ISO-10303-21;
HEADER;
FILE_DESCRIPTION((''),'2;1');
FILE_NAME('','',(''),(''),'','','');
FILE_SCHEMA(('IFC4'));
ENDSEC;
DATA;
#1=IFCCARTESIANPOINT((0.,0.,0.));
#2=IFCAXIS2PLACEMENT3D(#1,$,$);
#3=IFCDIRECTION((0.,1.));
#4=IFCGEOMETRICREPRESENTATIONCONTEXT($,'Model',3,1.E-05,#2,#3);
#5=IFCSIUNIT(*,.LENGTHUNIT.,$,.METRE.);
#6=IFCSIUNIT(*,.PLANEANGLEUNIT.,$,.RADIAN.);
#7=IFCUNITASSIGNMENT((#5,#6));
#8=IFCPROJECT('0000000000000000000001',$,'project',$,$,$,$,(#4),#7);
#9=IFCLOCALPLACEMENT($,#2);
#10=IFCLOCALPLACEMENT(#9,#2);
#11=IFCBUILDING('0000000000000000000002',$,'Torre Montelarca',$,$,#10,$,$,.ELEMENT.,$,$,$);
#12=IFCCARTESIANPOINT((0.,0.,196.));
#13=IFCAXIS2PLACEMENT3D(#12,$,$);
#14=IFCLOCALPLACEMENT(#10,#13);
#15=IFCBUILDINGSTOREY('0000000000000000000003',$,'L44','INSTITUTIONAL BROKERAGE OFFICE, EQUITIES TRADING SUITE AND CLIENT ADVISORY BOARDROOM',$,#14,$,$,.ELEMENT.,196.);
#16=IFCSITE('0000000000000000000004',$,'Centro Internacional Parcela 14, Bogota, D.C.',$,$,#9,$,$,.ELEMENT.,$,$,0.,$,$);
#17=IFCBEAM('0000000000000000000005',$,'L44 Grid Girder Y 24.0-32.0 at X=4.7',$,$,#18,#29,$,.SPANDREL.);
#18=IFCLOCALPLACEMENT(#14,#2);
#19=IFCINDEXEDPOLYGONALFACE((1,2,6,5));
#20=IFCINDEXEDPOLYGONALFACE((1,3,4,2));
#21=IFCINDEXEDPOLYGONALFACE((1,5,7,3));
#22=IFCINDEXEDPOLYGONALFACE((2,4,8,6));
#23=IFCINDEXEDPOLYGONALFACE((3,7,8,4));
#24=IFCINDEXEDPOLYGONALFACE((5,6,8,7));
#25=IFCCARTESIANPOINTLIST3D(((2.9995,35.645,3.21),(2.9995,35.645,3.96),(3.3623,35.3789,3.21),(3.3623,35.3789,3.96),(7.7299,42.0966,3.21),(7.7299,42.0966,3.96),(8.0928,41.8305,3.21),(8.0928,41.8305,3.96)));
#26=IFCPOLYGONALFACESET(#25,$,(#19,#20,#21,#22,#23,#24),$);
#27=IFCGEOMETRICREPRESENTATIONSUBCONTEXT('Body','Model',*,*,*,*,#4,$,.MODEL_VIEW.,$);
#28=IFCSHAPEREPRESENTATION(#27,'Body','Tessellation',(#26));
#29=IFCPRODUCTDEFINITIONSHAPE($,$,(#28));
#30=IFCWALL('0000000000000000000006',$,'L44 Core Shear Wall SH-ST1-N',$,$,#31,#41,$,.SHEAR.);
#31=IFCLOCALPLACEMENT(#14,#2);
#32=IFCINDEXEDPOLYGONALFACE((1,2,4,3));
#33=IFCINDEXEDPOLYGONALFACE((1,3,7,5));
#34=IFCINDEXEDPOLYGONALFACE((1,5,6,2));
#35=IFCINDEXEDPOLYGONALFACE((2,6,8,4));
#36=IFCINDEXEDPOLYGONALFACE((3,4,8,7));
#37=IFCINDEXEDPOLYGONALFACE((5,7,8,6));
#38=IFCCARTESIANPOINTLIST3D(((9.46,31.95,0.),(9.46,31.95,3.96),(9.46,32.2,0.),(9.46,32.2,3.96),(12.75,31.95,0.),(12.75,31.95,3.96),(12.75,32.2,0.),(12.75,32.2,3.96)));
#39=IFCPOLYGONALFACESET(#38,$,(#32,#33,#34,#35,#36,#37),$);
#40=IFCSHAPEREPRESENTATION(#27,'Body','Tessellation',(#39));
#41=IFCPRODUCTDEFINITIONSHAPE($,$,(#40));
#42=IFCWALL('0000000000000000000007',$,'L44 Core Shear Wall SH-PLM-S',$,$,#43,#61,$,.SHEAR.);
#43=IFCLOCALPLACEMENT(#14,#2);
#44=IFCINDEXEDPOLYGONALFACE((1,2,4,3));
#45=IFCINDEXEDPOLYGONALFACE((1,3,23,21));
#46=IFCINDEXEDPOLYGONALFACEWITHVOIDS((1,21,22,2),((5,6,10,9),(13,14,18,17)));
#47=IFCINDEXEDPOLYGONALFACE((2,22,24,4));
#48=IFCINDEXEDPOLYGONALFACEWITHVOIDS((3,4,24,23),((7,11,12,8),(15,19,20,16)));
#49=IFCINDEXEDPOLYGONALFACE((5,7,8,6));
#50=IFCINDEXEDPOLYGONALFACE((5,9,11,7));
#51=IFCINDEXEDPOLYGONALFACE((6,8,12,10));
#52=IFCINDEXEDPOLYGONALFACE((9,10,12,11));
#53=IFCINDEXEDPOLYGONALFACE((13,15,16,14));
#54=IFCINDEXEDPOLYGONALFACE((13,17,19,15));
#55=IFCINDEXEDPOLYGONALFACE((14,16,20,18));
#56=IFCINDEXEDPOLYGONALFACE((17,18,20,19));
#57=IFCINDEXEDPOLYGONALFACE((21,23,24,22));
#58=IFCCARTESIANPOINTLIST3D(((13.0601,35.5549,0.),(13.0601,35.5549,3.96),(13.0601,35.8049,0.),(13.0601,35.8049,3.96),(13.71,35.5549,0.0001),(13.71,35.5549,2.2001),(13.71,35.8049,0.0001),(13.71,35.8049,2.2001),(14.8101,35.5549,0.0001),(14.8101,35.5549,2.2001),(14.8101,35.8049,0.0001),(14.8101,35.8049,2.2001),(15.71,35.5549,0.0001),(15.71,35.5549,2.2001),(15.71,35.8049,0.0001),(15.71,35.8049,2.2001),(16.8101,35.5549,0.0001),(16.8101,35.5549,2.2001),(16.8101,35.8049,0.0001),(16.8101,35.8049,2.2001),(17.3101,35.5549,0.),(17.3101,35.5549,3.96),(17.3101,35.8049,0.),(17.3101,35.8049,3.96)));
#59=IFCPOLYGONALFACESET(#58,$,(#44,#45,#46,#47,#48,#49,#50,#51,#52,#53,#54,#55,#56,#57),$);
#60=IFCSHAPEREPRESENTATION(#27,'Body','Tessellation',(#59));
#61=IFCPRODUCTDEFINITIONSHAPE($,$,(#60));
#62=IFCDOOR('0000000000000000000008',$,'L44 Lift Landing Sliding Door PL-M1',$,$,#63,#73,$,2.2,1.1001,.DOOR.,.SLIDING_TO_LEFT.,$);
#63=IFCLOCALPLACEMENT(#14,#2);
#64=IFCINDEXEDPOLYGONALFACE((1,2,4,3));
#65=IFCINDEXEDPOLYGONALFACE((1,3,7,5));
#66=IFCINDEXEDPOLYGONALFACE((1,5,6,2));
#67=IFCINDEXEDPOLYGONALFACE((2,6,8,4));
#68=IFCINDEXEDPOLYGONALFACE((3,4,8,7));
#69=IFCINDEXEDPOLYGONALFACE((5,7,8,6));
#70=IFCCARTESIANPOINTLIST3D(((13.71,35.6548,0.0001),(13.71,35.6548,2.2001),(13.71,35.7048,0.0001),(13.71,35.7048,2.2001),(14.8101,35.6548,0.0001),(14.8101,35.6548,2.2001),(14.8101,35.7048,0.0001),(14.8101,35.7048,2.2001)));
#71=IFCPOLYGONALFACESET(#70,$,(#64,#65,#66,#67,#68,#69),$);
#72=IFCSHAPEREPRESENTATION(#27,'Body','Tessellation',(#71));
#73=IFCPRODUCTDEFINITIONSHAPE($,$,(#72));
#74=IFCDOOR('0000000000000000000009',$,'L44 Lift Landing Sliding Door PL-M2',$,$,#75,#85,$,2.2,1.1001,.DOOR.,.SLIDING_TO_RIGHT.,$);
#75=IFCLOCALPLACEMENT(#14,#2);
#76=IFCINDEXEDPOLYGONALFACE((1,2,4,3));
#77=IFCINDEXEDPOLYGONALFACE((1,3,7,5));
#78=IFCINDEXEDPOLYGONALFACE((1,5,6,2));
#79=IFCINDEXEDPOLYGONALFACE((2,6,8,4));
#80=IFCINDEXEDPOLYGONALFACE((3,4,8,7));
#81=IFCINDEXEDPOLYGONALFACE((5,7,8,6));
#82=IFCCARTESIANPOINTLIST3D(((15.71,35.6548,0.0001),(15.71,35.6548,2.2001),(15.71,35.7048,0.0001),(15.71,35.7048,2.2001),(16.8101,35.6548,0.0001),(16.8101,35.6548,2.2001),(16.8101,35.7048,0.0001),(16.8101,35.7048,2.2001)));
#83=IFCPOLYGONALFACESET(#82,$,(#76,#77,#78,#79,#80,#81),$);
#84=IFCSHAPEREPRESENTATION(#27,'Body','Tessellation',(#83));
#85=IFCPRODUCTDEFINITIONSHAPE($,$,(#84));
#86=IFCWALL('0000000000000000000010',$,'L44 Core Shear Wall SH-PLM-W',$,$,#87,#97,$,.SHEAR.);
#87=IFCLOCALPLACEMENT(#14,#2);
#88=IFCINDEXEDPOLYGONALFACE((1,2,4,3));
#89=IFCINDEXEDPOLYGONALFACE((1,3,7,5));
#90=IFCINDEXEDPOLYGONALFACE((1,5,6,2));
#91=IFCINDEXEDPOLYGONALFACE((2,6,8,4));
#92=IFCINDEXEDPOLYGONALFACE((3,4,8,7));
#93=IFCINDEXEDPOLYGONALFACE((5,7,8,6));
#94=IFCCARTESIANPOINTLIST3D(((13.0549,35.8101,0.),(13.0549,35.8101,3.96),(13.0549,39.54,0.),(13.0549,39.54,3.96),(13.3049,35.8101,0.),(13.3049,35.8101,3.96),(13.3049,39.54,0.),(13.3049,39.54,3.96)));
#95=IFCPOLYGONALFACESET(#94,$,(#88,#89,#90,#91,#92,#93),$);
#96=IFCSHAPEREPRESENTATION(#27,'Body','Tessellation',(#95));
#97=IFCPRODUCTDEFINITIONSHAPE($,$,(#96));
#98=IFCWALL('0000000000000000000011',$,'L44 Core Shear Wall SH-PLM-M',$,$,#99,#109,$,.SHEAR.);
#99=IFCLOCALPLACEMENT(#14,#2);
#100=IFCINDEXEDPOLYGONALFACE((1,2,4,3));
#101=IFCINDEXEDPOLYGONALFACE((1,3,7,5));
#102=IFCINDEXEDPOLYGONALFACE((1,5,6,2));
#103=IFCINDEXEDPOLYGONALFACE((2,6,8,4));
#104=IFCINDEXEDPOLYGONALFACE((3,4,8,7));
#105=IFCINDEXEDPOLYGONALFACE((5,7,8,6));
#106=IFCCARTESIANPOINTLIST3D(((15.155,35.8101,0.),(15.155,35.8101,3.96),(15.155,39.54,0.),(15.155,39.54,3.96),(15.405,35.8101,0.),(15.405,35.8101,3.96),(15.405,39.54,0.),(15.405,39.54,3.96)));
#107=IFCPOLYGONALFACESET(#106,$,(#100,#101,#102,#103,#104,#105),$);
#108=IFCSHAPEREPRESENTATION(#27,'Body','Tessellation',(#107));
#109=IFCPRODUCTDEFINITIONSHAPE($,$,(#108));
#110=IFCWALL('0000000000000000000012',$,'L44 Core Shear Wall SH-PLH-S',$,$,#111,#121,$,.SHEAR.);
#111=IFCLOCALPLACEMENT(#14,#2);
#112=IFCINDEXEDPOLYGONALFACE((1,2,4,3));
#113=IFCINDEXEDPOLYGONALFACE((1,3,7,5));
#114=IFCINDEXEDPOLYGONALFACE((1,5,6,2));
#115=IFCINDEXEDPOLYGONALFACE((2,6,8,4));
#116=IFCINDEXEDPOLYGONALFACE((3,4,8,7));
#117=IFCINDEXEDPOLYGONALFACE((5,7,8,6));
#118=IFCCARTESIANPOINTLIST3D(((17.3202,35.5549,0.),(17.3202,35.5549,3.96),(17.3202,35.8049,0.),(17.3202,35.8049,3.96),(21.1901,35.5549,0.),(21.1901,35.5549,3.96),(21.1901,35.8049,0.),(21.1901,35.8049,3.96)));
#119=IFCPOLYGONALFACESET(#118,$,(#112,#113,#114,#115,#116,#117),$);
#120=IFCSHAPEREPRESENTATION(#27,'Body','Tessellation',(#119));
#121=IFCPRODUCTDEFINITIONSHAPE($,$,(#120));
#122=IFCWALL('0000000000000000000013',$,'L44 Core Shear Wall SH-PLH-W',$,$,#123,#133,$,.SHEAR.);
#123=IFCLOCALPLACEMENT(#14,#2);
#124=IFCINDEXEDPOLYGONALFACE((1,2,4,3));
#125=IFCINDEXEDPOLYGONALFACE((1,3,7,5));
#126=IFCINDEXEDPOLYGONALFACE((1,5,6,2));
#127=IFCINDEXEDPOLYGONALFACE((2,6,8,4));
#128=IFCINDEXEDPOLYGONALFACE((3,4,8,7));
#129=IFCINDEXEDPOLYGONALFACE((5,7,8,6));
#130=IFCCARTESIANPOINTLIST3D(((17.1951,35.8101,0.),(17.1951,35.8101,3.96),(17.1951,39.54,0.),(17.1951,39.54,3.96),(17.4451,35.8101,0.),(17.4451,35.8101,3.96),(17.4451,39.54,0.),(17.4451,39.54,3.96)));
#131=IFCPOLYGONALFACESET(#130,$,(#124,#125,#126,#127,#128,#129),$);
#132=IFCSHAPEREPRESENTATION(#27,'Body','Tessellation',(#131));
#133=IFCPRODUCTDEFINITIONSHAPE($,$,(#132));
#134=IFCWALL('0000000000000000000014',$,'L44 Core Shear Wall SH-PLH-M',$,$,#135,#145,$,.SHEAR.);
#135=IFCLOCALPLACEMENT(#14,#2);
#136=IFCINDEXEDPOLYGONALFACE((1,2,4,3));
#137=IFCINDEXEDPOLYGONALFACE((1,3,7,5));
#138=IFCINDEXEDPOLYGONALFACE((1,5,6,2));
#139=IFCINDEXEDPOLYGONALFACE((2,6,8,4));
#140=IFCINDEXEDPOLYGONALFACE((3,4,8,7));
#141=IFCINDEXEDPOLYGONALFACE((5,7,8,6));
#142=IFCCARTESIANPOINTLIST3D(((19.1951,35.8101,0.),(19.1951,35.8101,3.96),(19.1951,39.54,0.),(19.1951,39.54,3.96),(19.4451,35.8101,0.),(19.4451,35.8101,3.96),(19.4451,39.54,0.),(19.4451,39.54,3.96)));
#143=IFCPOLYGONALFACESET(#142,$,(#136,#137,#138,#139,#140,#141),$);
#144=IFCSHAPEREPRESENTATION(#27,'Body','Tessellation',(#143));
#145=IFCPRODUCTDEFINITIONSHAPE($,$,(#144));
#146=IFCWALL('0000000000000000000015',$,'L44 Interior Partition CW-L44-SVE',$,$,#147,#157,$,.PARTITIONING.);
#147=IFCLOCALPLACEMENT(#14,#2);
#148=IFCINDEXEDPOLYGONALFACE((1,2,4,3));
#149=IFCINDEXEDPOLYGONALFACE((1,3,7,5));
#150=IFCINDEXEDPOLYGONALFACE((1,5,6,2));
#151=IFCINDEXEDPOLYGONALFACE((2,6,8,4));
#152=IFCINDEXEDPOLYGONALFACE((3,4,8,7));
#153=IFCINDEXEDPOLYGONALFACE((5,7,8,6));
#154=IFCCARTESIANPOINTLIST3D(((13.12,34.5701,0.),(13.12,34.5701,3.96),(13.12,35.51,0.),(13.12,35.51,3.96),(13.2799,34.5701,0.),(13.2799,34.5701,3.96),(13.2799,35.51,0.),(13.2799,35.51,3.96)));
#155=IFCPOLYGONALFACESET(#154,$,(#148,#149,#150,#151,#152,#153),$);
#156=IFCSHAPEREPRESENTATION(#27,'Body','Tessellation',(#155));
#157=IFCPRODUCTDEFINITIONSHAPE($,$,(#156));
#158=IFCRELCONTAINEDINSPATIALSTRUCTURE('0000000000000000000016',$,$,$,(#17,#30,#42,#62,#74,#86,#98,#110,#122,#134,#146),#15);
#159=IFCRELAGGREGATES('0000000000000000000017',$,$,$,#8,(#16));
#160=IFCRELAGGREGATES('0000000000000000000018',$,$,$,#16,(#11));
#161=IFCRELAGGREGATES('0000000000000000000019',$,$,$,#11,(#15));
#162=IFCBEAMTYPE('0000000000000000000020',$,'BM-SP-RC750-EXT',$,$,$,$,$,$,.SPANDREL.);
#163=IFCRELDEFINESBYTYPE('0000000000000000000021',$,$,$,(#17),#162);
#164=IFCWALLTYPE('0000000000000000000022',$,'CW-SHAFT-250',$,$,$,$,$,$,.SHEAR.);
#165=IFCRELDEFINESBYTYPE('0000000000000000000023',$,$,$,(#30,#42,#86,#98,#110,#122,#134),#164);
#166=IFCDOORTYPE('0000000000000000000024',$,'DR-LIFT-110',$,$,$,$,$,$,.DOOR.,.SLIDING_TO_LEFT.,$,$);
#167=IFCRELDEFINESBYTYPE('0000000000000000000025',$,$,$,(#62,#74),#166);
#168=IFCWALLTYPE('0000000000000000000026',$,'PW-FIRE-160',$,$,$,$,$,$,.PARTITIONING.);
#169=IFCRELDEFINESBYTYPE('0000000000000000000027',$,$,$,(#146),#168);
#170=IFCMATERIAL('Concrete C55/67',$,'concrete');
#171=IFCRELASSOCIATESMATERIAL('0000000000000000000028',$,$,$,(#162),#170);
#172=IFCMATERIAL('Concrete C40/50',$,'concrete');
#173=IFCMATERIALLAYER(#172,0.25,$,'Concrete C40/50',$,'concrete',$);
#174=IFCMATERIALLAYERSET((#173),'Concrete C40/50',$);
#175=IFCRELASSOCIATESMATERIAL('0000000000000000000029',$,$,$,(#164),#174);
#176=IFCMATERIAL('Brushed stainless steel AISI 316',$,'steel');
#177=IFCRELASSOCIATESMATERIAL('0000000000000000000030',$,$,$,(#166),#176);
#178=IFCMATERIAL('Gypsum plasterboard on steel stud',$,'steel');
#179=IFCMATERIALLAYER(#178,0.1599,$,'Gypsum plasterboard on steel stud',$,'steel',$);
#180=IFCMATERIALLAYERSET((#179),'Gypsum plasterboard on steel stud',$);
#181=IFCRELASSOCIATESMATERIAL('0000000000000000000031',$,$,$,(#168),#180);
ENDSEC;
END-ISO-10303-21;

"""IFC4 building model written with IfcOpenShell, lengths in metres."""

from ifc_helpers import new_model, si_unit, direction, frame, frame_2d, origin, origin_2d, place, context, subcontext, project, spatial, rectangle, extrude, source, transform, mapped, material, layer, layer_set, material_profile, profile_set, type_object, element, fill, save


model = new_model("IFC4")

# Units and contexts
model_context = context("Model", 3, precision=1e-05, world=origin(), true_north=direction((0.0, 1.0)))
body_context = subcontext(model_context, "Body", "Model", "MODEL_VIEW")
ifc_project = project(units=[si_unit("LENGTHUNIT", "METRE"), si_unit("PLANEANGLEUNIT", "RADIAN")], contexts=[model_context])

# Site, building, storey
site_placement = place(None, origin())
site = spatial("IfcSite", under=ifc_project, at=site_placement, Name="Centro Internacional Parcela 14, Bogota, D.C.", CompositionType="ELEMENT", RefElevation=0.0)
building_placement = place(site_placement, origin())
building = spatial("IfcBuilding", under=site, at=building_placement, Name="Torre Montelarca", CompositionType="ELEMENT")
storey_placement = place(building_placement, frame((0.0, 0.0, 196.0)))
storey = spatial("IfcBuildingStorey", under=building, at=storey_placement, Name="L44", Description="INSTITUTIONAL BROKERAGE OFFICE, EQUITIES TRADING SUITE AND CLIENT ADVISORY BOARDROOM", CompositionType="ELEMENT", Elevation=196.0)

# Shared definitions
ifc_material_1 = material(Name="Concrete C55/67", Category="concrete")

# Beam
ifc_material_profile_1 = material_profile(ifc_material_1, rectangle(XDim=0.45, YDim=0.75, at=origin_2d()), Name="RCB450X750", Category="concrete")
ifc_profile_set_1 = profile_set([ifc_material_profile_1], Name="Concrete C55/67")
beam_type = type_object("IfcBeamType", Name="BM-SP-RC750-EXT", PredefinedType="SPANDREL", material=ifc_profile_set_1)
shared_shape_1 = source(origin(), body_context, "Body", "SweptSolid", [
    extrude(rectangle(XDim=0.45, YDim=0.75, at=origin_2d()), origin(), (0.0, 0.0, 1.0), 8.0),
])
beam_placement = place(storey_placement, frame((3.1809, 35.512, 3.585), z_axis=(0.591303, 0.80645, 0.0), x_axis=(-0.80645, 0.591303, 0.0)))
element("IfcBeam", 1, at=beam_placement, inside=storey, type_object=beam_type, Name="L44 Grid Girder Y 24.0-32.0 at X=4.7", PredefinedType="SPANDREL", context=body_context, shape_type="MappedRepresentation", body=[
    mapped(shared_shape_1, transform((0.0, 0.0, 0.0), scale=1.0)),
])

# Wall
ifc_material_2 = material(Name="Concrete C40/50", Category="concrete")
ifc_layer_1 = layer(ifc_material_2, 0.25, Name="Concrete C40/50", Category="concrete")
ifc_layer_set_1 = layer_set([ifc_layer_1], Name="Concrete C40/50")
wall_type_1 = type_object("IfcWallType", Name="CW-SHAFT-250", PredefinedType="SHEAR", material=ifc_layer_set_1)
wall_1_placement = place(storey_placement, frame((9.46, 32.075, 0.0), z_axis=(0.0, 0.0, 1.0), x_axis=(1.0, 0.0, 0.0)))
element("IfcWall", 2, at=wall_1_placement, inside=storey, type_object=wall_type_1, Name="L44 Core Shear Wall SH-ST1-N", PredefinedType="SHEAR", context=body_context, shape_type="SweptSolid", body=[
    extrude(rectangle(XDim=3.29, YDim=0.25, at=frame_2d((1.645, 0.0))), origin(), (0.0, 0.0, 1.0), 3.96),
])

# Wall, openings, doors
wall_2_placement = place(storey_placement, frame((13.0601, 35.6799, 0.0), z_axis=(0.0, 0.0, 1.0), x_axis=(1.0, 0.0, 0.0)))
wall_2 = element("IfcWall", 3, at=wall_2_placement, inside=storey, type_object=wall_type_1, Name="L44 Core Shear Wall SH-PLM-S", PredefinedType="SHEAR", context=body_context, shape_type="SweptSolid", body=[
    extrude(rectangle(XDim=4.25, YDim=0.25, at=frame_2d((2.125, 0.0))), origin(), (0.0, 0.0, 1.0), 3.96),
])
opening_1_placement = place(wall_2_placement, frame((0.6499, 0.0, 0.0)))
opening_1 = element("IfcOpeningElement", 4, at=opening_1_placement, cuts=wall_2, PredefinedType="OPENING", context=body_context, shape_type="SweptSolid", body=[
    extrude(rectangle(XDim=1.1001, YDim=2.2, at=frame_2d((0.55, 1.1001))), frame((0.0, 0.135, 0.0), z_axis=(0.0, -1.0, 0.0), x_axis=(1.0, 0.0, 0.0)), (0.0, 0.0, 1.0), 0.27),
])
opening_2_placement = place(wall_2_placement, frame((2.6499, 0.0, 0.0)))
opening_2 = element("IfcOpeningElement", 5, at=opening_2_placement, cuts=wall_2, PredefinedType="OPENING", context=body_context, shape_type="SweptSolid", body=[
    extrude(rectangle(XDim=1.1001, YDim=2.2, at=frame_2d((0.55, 1.1001))), frame((0.0, 0.135, 0.0), z_axis=(0.0, -1.0, 0.0), x_axis=(1.0, 0.0, 0.0)), (0.0, 0.0, 1.0), 0.27),
])
ifc_material_3 = material(Name="Brushed stainless steel AISI 316", Category="steel")
door_type_1 = type_object("IfcDoorType", Name="DR-LIFT-110", OperationType="SLIDING_TO_LEFT", PredefinedType="DOOR", material=ifc_material_3)
shared_shape_2 = source(origin(), body_context, "Body", "SweptSolid", [
    extrude(rectangle(XDim=1.1001, YDim=2.2, at=frame_2d((0.55, 1.1001))), frame((0.0, 0.0249, 0.0), z_axis=(0.0, -1.0, 0.0), x_axis=(1.0, 0.0, 0.0)), (0.0, 0.0, 1.0), 0.05),
])
door_1_placement = place(opening_1_placement, origin())
door_1 = element("IfcDoor", 6, at=door_1_placement, inside=storey, type_object=door_type_1, Name="L44 Lift Landing Sliding Door PL-M1", OperationType="SLIDING_TO_LEFT", OverallHeight=2.2, OverallWidth=1.1001, PredefinedType="DOOR", context=body_context, shape_type="MappedRepresentation", body=[
    mapped(shared_shape_2, transform((0.0, 0.0, 0.0), scale=1.0)),
])
fill(opening_1, door_1)
door_2_placement = place(opening_2_placement, origin())
door_2 = element("IfcDoor", 7, at=door_2_placement, inside=storey, type_object=door_type_1, Name="L44 Lift Landing Sliding Door PL-M2", OperationType="SLIDING_TO_RIGHT", OverallHeight=2.2, OverallWidth=1.1001, PredefinedType="DOOR", context=body_context, shape_type="MappedRepresentation", body=[
    mapped(shared_shape_2, transform((0.0, 0.0, 0.0), scale=1.0)),
])
fill(opening_2, door_2)

# Walls
for number, where, z_axis, x_axis, name in (
    (8, (13.1799, 35.8101, 0.0), (0.0, 0.0, 1.0), (0.0, 1.0, 0.0), "L44 Core Shear Wall SH-PLM-W"),
    (9, (15.28, 35.8101, 0.0), (0.0, 0.0, 1.0), (0.0, 1.0, 0.0), "L44 Core Shear Wall SH-PLM-M"),
):
    element("IfcWall", number, at=place(storey_placement, frame(where, z_axis=z_axis, x_axis=x_axis)), inside=storey, type_object=wall_type_1, Name=name, PredefinedType="SHEAR", context=body_context, shape_type="SweptSolid", body=[
        extrude(rectangle(XDim=3.73, YDim=0.25, at=frame_2d((1.865, 0.0))), origin(), (0.0, 0.0, 1.0), 3.96),
    ])
wall_3_placement = place(storey_placement, frame((17.3201, 35.6799, 0.0), z_axis=(0.0, 0.0, 1.0), x_axis=(1.0, 0.0, 0.0)))
element("IfcWall", 10, at=wall_3_placement, inside=storey, type_object=wall_type_1, Name="L44 Core Shear Wall SH-PLH-S", PredefinedType="SHEAR", context=body_context, shape_type="SweptSolid", body=[
    extrude(rectangle(XDim=3.8699, YDim=0.25, at=frame_2d((1.9351, 0.0))), origin(), (0.0, 0.0, 1.0), 3.96),
])
for number, where, z_axis, x_axis, name in (
    (11, (17.3201, 35.8101, 0.0), (0.0, 0.0, 1.0), (0.0, 1.0, 0.0), "L44 Core Shear Wall SH-PLH-W"),
    (12, (19.3201, 35.8101, 0.0), (0.0, 0.0, 1.0), (0.0, 1.0, 0.0), "L44 Core Shear Wall SH-PLH-M"),
):
    element("IfcWall", number, at=place(storey_placement, frame(where, z_axis=z_axis, x_axis=x_axis)), inside=storey, type_object=wall_type_1, Name=name, PredefinedType="SHEAR", context=body_context, shape_type="SweptSolid", body=[
        extrude(rectangle(XDim=3.73, YDim=0.25, at=frame_2d((1.865, 0.0))), origin(), (0.0, 0.0, 1.0), 3.96),
    ])

# Shared definitions
ifc_material_4 = material(Name="Gypsum plasterboard on steel stud", Category="steel")
ifc_layer_2 = layer(ifc_material_4, 0.1599, Name="Gypsum plasterboard on steel stud", Category="steel")
ifc_layer_set_2 = layer_set([ifc_layer_2], Name="Gypsum plasterboard on steel stud")
wall_type_2 = type_object("IfcWallType", Name="PW-FIRE-160", PredefinedType="PARTITIONING", material=ifc_layer_set_2)

# Wall
wall_4_placement = place(storey_placement, frame((13.2, 34.5701, 0.0), z_axis=(0.0, 0.0, 1.0), x_axis=(0.0, 1.0, 0.0)))
element("IfcWall", 13, at=wall_4_placement, inside=storey, type_object=wall_type_2, Name="L44 Interior Partition CW-L44-SVE", PredefinedType="PARTITIONING", context=body_context, shape_type="SweptSolid", body=[
    extrude(rectangle(XDim=0.9399, YDim=0.1599, at=frame_2d((0.47, 0.0))), origin(), (0.0, 0.0, 1.0), 3.96),
])

save(model, "model.ifc")
